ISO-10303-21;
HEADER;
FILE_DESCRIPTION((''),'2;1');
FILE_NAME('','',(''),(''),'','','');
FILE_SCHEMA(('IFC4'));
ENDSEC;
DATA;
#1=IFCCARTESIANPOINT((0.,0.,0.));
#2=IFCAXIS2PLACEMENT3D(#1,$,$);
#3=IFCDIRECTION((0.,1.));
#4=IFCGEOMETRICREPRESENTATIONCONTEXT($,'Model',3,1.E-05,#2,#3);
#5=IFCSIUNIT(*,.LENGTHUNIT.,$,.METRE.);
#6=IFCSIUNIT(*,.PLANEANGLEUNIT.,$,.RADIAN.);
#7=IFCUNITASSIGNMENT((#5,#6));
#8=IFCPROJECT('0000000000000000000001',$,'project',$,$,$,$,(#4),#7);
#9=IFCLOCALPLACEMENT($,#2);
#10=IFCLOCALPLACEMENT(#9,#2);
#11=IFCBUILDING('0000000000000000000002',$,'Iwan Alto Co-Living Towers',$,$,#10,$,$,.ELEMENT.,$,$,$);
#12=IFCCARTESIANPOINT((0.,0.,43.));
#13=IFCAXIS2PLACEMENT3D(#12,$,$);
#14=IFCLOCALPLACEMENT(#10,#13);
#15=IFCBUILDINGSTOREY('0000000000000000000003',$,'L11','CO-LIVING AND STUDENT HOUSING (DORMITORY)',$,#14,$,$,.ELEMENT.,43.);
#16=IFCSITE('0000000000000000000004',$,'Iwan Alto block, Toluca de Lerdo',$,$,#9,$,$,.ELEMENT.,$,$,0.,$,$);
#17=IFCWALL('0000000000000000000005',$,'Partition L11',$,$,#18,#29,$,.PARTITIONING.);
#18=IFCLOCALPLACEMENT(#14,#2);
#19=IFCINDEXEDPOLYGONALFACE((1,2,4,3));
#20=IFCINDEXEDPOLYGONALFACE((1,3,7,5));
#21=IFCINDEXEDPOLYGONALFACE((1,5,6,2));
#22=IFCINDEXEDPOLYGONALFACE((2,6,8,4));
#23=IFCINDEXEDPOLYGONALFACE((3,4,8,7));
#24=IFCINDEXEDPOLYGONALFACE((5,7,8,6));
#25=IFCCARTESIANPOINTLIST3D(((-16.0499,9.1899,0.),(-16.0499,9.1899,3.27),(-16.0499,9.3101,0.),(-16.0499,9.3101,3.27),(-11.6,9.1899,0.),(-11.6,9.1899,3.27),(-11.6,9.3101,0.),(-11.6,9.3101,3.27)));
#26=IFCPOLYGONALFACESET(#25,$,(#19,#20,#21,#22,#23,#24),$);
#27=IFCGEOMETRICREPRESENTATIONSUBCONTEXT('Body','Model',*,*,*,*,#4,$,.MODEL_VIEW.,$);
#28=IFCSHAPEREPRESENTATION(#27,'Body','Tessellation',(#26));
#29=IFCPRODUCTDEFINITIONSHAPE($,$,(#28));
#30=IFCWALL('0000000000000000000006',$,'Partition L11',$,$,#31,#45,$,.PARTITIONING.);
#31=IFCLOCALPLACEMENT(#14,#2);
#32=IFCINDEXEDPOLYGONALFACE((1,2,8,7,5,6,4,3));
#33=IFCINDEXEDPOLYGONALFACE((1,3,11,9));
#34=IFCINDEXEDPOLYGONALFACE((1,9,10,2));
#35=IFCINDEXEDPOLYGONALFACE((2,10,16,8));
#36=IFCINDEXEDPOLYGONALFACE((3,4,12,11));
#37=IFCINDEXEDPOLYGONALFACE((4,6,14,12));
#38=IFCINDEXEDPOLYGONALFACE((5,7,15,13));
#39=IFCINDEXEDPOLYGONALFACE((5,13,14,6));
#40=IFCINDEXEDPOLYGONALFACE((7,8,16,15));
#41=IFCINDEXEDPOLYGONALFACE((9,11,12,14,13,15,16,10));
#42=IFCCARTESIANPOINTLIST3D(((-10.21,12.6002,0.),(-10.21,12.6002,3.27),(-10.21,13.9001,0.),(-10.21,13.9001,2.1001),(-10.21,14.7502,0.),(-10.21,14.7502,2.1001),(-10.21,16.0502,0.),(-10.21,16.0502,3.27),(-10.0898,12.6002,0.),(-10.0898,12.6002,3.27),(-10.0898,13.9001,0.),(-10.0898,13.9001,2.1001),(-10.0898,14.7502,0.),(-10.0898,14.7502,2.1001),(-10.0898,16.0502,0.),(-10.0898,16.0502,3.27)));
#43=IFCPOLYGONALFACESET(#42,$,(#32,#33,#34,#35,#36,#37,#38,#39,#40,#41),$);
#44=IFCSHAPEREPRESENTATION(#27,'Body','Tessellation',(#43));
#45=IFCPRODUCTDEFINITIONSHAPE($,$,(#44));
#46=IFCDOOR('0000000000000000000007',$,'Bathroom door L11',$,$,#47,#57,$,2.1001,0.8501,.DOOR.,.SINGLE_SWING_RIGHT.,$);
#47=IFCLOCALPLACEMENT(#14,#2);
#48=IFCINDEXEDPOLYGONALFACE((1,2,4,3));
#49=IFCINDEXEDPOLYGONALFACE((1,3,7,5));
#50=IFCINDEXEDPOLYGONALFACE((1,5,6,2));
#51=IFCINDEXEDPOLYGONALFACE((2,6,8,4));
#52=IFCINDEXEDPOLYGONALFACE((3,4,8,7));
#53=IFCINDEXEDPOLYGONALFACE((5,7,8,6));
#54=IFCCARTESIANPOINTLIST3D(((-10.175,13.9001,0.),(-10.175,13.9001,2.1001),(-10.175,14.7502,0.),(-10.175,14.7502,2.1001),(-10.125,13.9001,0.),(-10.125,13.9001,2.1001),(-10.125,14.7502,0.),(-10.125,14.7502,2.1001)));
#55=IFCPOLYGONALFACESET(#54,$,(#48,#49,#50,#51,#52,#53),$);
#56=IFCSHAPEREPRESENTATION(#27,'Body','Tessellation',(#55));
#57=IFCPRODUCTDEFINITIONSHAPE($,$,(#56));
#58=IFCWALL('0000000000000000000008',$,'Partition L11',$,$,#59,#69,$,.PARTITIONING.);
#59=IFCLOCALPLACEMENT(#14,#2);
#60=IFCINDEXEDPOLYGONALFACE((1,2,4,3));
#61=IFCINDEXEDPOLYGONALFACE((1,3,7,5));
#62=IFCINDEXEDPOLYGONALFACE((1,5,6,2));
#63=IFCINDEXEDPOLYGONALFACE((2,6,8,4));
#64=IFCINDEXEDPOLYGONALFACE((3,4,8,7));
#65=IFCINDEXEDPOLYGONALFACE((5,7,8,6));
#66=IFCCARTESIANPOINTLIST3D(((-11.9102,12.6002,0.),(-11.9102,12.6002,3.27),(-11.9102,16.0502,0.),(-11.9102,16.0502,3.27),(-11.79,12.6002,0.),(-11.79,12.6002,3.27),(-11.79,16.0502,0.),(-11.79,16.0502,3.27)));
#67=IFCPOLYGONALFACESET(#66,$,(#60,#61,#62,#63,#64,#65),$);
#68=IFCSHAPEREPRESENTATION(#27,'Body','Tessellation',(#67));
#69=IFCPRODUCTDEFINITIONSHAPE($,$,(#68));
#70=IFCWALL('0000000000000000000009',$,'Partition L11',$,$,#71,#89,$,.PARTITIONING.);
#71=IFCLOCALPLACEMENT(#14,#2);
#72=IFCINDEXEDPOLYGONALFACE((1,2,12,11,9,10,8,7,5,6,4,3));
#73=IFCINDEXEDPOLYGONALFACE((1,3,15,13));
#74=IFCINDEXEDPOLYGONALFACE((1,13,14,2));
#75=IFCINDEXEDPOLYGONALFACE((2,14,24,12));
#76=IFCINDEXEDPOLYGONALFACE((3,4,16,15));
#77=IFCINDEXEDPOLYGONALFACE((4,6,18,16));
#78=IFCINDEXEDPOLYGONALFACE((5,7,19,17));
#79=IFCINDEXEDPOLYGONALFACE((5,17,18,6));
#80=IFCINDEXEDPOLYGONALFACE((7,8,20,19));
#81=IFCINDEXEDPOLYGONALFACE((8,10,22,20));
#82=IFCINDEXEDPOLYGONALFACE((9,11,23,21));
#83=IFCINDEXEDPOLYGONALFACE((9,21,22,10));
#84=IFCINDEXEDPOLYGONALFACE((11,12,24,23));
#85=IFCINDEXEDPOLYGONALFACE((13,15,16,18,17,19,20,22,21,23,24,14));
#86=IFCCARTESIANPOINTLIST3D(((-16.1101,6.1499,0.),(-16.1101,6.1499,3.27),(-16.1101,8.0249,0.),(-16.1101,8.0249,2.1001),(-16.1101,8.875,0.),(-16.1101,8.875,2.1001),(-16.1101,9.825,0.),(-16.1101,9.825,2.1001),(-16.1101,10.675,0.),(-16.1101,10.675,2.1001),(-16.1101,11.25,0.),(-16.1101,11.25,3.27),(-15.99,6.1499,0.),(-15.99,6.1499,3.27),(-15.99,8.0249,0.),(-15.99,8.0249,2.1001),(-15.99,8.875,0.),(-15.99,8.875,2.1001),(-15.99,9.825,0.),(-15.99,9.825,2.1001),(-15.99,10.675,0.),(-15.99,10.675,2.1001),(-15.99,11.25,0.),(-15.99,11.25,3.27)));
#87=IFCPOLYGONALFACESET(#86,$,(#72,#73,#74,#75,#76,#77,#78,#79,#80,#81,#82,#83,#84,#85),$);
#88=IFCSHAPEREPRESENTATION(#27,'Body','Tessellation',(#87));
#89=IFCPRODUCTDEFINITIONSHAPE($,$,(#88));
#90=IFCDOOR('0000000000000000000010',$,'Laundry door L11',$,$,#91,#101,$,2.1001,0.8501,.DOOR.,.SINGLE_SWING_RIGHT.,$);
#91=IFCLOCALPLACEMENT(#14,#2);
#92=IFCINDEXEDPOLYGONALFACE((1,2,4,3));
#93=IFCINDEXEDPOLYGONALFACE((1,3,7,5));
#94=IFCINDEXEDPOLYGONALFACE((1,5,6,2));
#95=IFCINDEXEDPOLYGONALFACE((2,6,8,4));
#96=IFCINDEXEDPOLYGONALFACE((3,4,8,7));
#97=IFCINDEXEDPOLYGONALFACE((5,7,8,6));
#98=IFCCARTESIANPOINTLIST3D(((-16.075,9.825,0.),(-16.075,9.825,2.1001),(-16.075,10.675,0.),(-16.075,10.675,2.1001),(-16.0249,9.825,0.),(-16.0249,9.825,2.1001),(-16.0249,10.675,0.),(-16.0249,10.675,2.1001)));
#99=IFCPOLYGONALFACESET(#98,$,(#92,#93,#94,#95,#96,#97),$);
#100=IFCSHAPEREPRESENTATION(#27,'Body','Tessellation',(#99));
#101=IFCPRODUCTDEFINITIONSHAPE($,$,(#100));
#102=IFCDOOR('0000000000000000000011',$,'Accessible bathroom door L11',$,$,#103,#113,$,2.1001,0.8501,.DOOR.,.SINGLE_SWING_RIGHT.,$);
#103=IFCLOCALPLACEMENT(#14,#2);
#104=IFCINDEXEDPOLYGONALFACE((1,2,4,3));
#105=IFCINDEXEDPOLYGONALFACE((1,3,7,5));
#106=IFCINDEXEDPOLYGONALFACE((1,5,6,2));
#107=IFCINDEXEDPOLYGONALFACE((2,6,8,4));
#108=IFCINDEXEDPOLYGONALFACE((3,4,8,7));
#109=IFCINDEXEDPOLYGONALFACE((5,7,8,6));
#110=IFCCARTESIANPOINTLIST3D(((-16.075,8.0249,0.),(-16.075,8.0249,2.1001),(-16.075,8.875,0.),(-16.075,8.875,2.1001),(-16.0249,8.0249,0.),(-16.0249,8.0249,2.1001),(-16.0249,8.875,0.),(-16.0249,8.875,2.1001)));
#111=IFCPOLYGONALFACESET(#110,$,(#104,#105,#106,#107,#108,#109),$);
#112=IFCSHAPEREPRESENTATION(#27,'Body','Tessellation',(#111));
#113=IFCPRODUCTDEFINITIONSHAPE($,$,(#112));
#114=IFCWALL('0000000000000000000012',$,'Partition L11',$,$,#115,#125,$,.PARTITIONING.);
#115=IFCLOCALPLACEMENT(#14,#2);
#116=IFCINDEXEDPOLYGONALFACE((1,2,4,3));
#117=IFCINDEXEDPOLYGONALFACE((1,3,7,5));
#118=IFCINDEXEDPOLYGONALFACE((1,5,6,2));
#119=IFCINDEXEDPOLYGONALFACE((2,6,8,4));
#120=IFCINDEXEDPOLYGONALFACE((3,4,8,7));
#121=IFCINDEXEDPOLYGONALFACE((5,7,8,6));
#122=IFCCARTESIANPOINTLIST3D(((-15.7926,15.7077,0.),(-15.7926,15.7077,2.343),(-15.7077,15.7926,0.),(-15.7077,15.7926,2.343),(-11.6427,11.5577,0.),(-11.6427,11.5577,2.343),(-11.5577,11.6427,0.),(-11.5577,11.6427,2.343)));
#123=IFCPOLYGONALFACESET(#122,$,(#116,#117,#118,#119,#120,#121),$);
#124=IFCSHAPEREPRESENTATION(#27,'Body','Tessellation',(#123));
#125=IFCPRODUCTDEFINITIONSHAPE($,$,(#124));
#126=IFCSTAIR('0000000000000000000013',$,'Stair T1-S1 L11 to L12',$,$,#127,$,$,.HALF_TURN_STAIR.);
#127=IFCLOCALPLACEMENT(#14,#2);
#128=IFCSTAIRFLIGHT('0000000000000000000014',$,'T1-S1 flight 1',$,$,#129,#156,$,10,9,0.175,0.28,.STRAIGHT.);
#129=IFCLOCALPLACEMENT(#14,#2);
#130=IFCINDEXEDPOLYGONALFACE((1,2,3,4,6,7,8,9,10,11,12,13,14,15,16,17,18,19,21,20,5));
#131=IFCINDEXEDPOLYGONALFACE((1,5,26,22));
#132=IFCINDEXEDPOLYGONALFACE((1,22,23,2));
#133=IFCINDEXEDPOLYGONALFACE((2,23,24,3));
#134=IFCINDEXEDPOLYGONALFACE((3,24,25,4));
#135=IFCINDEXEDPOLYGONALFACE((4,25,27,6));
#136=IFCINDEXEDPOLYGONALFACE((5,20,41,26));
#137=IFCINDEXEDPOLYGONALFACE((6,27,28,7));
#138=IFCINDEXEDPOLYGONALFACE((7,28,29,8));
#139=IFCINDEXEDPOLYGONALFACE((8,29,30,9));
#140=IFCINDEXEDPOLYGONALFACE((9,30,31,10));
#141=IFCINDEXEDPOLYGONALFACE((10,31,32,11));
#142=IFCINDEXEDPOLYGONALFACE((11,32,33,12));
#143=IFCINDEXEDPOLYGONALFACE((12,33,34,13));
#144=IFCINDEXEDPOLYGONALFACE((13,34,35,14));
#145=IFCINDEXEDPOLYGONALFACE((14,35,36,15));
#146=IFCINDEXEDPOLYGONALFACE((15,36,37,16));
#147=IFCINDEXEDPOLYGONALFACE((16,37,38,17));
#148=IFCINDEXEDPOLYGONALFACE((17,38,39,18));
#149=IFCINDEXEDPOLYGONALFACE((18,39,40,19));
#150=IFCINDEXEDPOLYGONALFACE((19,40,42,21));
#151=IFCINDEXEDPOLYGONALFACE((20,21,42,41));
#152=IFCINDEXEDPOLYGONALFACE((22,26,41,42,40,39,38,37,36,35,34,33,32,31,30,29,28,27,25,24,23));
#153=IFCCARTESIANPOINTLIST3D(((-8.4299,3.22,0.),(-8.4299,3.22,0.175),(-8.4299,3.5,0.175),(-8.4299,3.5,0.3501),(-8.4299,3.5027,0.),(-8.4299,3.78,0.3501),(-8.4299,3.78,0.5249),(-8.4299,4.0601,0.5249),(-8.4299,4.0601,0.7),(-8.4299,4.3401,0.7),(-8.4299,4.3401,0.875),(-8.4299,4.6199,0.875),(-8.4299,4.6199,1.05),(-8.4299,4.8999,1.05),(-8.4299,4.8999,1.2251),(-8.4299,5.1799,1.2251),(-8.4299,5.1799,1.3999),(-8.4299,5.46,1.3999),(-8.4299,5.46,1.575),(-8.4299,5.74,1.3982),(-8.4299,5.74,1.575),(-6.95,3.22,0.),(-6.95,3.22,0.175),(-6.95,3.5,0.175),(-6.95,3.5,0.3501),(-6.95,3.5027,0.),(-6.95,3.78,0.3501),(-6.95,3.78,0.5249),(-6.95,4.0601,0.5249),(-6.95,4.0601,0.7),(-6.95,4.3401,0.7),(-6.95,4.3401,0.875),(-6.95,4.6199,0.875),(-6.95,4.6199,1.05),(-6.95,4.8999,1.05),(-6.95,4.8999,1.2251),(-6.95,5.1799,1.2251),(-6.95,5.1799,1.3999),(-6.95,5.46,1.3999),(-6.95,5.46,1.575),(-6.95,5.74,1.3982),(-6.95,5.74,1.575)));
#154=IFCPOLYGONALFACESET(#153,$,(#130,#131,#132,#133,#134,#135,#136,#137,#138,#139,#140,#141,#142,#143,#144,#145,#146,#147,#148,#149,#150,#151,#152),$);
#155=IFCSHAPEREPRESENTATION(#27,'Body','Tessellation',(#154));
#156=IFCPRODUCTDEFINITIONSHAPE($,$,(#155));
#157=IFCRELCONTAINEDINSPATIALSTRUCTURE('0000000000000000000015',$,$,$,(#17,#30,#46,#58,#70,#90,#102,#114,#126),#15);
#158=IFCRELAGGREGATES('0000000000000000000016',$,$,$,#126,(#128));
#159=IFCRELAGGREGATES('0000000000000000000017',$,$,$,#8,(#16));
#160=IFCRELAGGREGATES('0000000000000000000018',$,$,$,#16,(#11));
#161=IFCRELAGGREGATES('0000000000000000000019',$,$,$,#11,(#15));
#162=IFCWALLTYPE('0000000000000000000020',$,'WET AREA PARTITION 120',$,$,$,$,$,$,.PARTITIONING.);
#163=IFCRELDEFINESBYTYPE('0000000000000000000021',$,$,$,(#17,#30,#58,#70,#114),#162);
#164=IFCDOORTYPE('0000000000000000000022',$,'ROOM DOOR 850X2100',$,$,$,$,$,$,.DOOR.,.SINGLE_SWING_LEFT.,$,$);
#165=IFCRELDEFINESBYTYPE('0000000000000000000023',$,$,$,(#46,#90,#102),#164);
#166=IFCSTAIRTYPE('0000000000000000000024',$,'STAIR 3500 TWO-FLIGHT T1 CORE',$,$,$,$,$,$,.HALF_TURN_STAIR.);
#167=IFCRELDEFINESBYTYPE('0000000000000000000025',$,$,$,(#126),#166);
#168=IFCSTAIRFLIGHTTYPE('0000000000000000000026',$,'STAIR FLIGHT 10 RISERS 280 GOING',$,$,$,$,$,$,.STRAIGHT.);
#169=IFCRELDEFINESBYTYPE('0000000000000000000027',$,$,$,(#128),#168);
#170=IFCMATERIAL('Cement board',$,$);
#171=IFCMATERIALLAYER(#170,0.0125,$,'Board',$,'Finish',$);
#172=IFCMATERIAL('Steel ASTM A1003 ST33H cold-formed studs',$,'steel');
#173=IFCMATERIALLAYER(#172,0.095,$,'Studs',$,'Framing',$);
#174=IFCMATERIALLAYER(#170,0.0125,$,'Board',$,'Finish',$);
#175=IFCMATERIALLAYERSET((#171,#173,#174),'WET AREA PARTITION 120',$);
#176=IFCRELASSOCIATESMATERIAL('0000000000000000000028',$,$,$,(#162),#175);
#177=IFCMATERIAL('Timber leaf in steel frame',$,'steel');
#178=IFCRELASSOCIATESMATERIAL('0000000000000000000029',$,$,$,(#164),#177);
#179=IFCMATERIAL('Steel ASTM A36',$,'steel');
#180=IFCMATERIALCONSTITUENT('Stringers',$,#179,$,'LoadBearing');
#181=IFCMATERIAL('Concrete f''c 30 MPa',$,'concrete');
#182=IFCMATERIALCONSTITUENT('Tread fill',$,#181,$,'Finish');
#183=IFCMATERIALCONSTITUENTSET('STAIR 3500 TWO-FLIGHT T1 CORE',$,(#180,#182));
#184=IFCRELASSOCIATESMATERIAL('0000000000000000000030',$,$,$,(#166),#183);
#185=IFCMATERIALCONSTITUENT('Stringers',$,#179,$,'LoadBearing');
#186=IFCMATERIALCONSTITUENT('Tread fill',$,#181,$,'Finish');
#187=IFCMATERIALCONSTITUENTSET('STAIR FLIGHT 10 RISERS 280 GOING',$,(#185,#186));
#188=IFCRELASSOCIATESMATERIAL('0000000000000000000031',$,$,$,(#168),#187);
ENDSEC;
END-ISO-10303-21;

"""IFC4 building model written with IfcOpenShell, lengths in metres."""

from ifc_helpers import new_model, si_unit, direction, frame, frame_2d, origin, place, context, subcontext, project, spatial, polyline, rectangle, outline, extrude, material, layer, layer_set, constituent, constituent_set, type_object, element, fill, aggregate, save


model = new_model("IFC4")

# Units and contexts
model_context = context("Model", 3, precision=1e-05, world=origin(), true_north=direction((0.0, 1.0)))
body_context = subcontext(model_context, "Body", "Model", "MODEL_VIEW")
ifc_project = project(units=[si_unit("LENGTHUNIT", "METRE"), si_unit("PLANEANGLEUNIT", "RADIAN")], contexts=[model_context])

# Site, building, storey
site_placement = place(None, origin())
site = spatial("IfcSite", under=ifc_project, at=site_placement, Name="Iwan Alto block, Toluca de Lerdo", CompositionType="ELEMENT", RefElevation=0.0)
building_placement = place(site_placement, origin())
building = spatial("IfcBuilding", under=site, at=building_placement, Name="Iwan Alto Co-Living Towers", CompositionType="ELEMENT")
storey_placement = place(building_placement, frame((0.0, 0.0, 43.0)))
storey = spatial("IfcBuildingStorey", under=building, at=storey_placement, Name="L11", Description="CO-LIVING AND STUDENT HOUSING (DORMITORY)", CompositionType="ELEMENT", Elevation=43.0)

# Shared definitions
ifc_material_1 = material(Name="Steel ASTM A1003 ST33H cold-formed studs", Category="steel")

# Shared definitions
ifc_material_2 = material(Name="Cement board")
ifc_layer_1 = layer(ifc_material_2, 0.0125, Name="Board", Category="Finish")
ifc_layer_2 = layer(ifc_material_1, 0.095, Name="Studs", Category="Framing")
ifc_layer_3 = layer(ifc_material_2, 0.0125, Name="Board", Category="Finish")
ifc_layer_set_1 = layer_set([ifc_layer_1, ifc_layer_2, ifc_layer_3], Name="WET AREA PARTITION 120")
wall_type_1 = type_object("IfcWallType", Name="WET AREA PARTITION 120", PredefinedType="PARTITIONING", material=ifc_layer_set_1)
ifc_material_3 = material(Name="Timber leaf in steel frame", Category="steel")
door_type_1 = type_object("IfcDoorType", Name="ROOM DOOR 850X2100", OperationType="SINGLE_SWING_LEFT", PredefinedType="DOOR", material=ifc_material_3)

# Wall
for number, where, z_axis, x_axis, name in (
    (1, (-16.05, 9.25, 0.0), (0.0, 0.0, 1.0), (1.0, 0.0, 0.0), "Partition L11"),
):
    element("IfcWall", number, at=place(storey_placement, frame(where, z_axis=z_axis, x_axis=x_axis)), inside=storey, type_object=wall_type_1, Name=name, PredefinedType="PARTITIONING", context=body_context, shape_type="SweptSolid", body=[
        extrude(rectangle(XDim=4.45, YDim=0.1201, at=frame_2d((2.2251, 0.0))), origin(), (0.0, 0.0, 1.0), 3.27),
    ])

# Wall, opening, door
wall_1_placement = place(storey_placement, frame((-10.1499, 12.6001, 0.0), z_axis=(0.0, 0.0, 1.0), x_axis=(0.0, 1.0, 0.0)))
wall_1 = element("IfcWall", 2, at=wall_1_placement, inside=storey, type_object=wall_type_1, Name="Partition L11", PredefinedType="PARTITIONING", context=body_context, shape_type="SweptSolid", body=[
    extrude(rectangle(XDim=3.45, YDim=0.1201, at=frame_2d((1.7251, 0.0))), origin(), (0.0, 0.0, 1.0), 3.27),
])
opening_1_placement = place(wall_1_placement, frame((1.3, 0.0, 0.0)))
opening_1 = element("IfcOpeningElement", 3, at=opening_1_placement, cuts=wall_1, PredefinedType="OPENING", context=body_context, shape_type="SweptSolid", body=[
    extrude(rectangle(XDim=0.8501, YDim=2.1001, at=frame_2d((0.425, 1.05))), frame((0.0, 0.0701, 0.0), z_axis=(0.0, -1.0, 0.0), x_axis=(1.0, 0.0, 0.0)), (0.0, 0.0, 1.0), 0.1401),
])
door_1_placement = place(opening_1_placement, frame((0.8501, 0.0, 0.0), z_axis=(0.0, 0.0, 1.0), x_axis=(-1.0, 0.0, 0.0)))
door_1 = element("IfcDoor", 4, at=door_1_placement, inside=storey, type_object=door_type_1, Name="Bathroom door L11", OperationType="SINGLE_SWING_RIGHT", OverallHeight=2.1001, OverallWidth=0.8501, PredefinedType="DOOR", context=body_context, shape_type="SweptSolid", body=[
    extrude(rectangle(XDim=0.8501, YDim=2.1001, at=frame_2d((0.425, 1.05))), frame((0.0, 0.0249, 0.0), z_axis=(0.0, -1.0, 0.0), x_axis=(1.0, 0.0, 0.0)), (0.0, 0.0, 1.0), 0.05),
])
fill(opening_1, door_1)

# Wall
wall_2_placement = place(storey_placement, frame((-11.8501, 12.6001, 0.0), z_axis=(0.0, 0.0, 1.0), x_axis=(0.0, 1.0, 0.0)))
element("IfcWall", 5, at=wall_2_placement, inside=storey, type_object=wall_type_1, Name="Partition L11", PredefinedType="PARTITIONING", context=body_context, shape_type="SweptSolid", body=[
    extrude(rectangle(XDim=3.45, YDim=0.1201, at=frame_2d((1.7251, 0.0))), origin(), (0.0, 0.0, 1.0), 3.27),
])

# Wall, openings, doors
wall_3_placement = place(storey_placement, frame((-16.05, 6.1499, 0.0), z_axis=(0.0, 0.0, 1.0), x_axis=(0.0, 1.0, 0.0)))
wall_3 = element("IfcWall", 6, at=wall_3_placement, inside=storey, type_object=wall_type_1, Name="Partition L11", PredefinedType="PARTITIONING", context=body_context, shape_type="SweptSolid", body=[
    extrude(rectangle(XDim=5.1001, YDim=0.1201, at=frame_2d((2.55, 0.0))), origin(), (0.0, 0.0, 1.0), 3.27),
])
opening_2_placement = place(wall_3_placement, frame((3.675, 0.0, 0.0)))
opening_2 = element("IfcOpeningElement", 7, at=opening_2_placement, cuts=wall_3, PredefinedType="OPENING", context=body_context, shape_type="SweptSolid", body=[
    extrude(rectangle(XDim=0.8501, YDim=2.1001, at=frame_2d((0.425, 1.05))), frame((0.0, 0.0701, 0.0), z_axis=(0.0, -1.0, 0.0), x_axis=(1.0, 0.0, 0.0)), (0.0, 0.0, 1.0), 0.1401),
])
opening_3_placement = place(wall_3_placement, frame((1.875, 0.0, 0.0)))
opening_3 = element("IfcOpeningElement", 8, at=opening_3_placement, cuts=wall_3, PredefinedType="OPENING", context=body_context, shape_type="SweptSolid", body=[
    extrude(rectangle(XDim=0.8501, YDim=2.1001, at=frame_2d((0.425, 1.05))), frame((0.0, 0.0701, 0.0), z_axis=(0.0, -1.0, 0.0), x_axis=(1.0, 0.0, 0.0)), (0.0, 0.0, 1.0), 0.1401),
])
door_2_placement = place(opening_2_placement, origin())
door_2 = element("IfcDoor", 9, at=door_2_placement, inside=storey, type_object=door_type_1, Name="Laundry door L11", OperationType="SINGLE_SWING_RIGHT", OverallHeight=2.1001, OverallWidth=0.8501, PredefinedType="DOOR", context=body_context, shape_type="SweptSolid", body=[
    extrude(rectangle(XDim=0.8501, YDim=2.1001, at=frame_2d((0.425, 1.05))), frame((0.0, 0.0249, 0.0), z_axis=(0.0, -1.0, 0.0), x_axis=(1.0, 0.0, 0.0)), (0.0, 0.0, 1.0), 0.05),
])
fill(opening_2, door_2)
door_3_placement = place(opening_3_placement, origin())
door_3 = element("IfcDoor", 10, at=door_3_placement, inside=storey, type_object=door_type_1, Name="Accessible bathroom door L11", OperationType="SINGLE_SWING_RIGHT", OverallHeight=2.1001, OverallWidth=0.8501, PredefinedType="DOOR", context=body_context, shape_type="SweptSolid", body=[
    extrude(rectangle(XDim=0.8501, YDim=2.1001, at=frame_2d((0.425, 1.05))), frame((0.0, 0.0249, 0.0), z_axis=(0.0, -1.0, 0.0), x_axis=(1.0, 0.0, 0.0)), (0.0, 0.0, 1.0), 0.05),
])
fill(opening_3, door_3)

# Wall
wall_4_placement = place(storey_placement, frame((-11.6001, 11.6001, 0.0), z_axis=(0.0, 0.0, 1.0), x_axis=(-0.707107, 0.707107, 0.0)))
element("IfcWall", 11, at=wall_4_placement, inside=storey, type_object=wall_type_1, Name="Partition L11", PredefinedType="PARTITIONING", context=body_context, shape_type="SweptSolid", body=[
    extrude(rectangle(XDim=5.8689, YDim=0.1201, at=frame_2d((2.9346, 0.0))), origin(), (0.0, 0.0, 1.0), 2.343),
])

# Stair, stair flight
ifc_material_4 = material(Name="Steel ASTM A36", Category="steel")
ifc_constituent_1 = constituent(ifc_material_4, Name="Stringers", Category="LoadBearing")
ifc_material_5 = material(Name="Concrete f'c 30 MPa", Category="concrete")
ifc_constituent_2 = constituent(ifc_material_5, Name="Tread fill", Category="Finish")
ifc_constituent_set_1 = constituent_set(constituents=[ifc_constituent_1, ifc_constituent_2], Name="STAIR 3500 TWO-FLIGHT T1 CORE")
stair_type = type_object("IfcStairType", Name="STAIR 3500 TWO-FLIGHT T1 CORE", PredefinedType="HALF_TURN_STAIR", material=ifc_constituent_set_1)
stair_placement = place(storey_placement, origin())
stair = element("IfcStair", 12, at=stair_placement, inside=storey, type_object=stair_type, Name="Stair T1-S1 L11 to L12", PredefinedType="HALF_TURN_STAIR")
ifc_constituent_3 = constituent(ifc_material_4, Name="Stringers", Category="LoadBearing")
ifc_constituent_4 = constituent(ifc_material_5, Name="Tread fill", Category="Finish")
ifc_constituent_set_2 = constituent_set(constituents=[ifc_constituent_3, ifc_constituent_4], Name="STAIR FLIGHT 10 RISERS 280 GOING")
stair_flight_type = type_object("IfcStairFlightType", Name="STAIR FLIGHT 10 RISERS 280 GOING", PredefinedType="STRAIGHT", material=ifc_constituent_set_2)
stair_flight_1_placement = place(storey_placement, frame((-7.6899, 3.22, 0.0), z_axis=(0.0, 0.0, 1.0), x_axis=(0.0, 1.0, 0.0)))
stair_flight_1 = element("IfcStairFlight", 13, at=stair_flight_1_placement, type_object=stair_flight_type, Name="T1-S1 flight 1", NumberOfRisers=10, NumberOfTreads=9, PredefinedType="STRAIGHT", RiserHeight=0.175, TreadLength=0.28, context=body_context, shape_type="SweptSolid", body=[
    extrude(outline(polyline([(0.0, 0.0), (0.0, 0.175), (0.28, 0.175), (0.28, 0.3501), (0.5601, 0.3501), (0.5601, 0.5249), (0.8401, 0.5249), (0.8401, 0.7), (1.1201, 0.7), (1.1201, 0.875), (1.3999, 0.875), (1.3999, 1.05), (1.6799, 1.05), (1.6799, 1.2251), (1.96, 1.2251), (1.96, 1.3999), (2.24, 1.3999), (2.24, 1.575), (2.52, 1.575), (2.52, 1.75), (2.52, 1.3982), (0.2827, 0.0), (0.0, 0.0)])), frame((0.0, 0.74, 0.0), z_axis=(0.0, -1.0, 0.0), x_axis=(1.0, 0.0, 0.0)), (0.0, 0.0, 1.0), 1.48),
])
aggregate(stair, [stair_flight_1])

save(model, "model.ifc")
